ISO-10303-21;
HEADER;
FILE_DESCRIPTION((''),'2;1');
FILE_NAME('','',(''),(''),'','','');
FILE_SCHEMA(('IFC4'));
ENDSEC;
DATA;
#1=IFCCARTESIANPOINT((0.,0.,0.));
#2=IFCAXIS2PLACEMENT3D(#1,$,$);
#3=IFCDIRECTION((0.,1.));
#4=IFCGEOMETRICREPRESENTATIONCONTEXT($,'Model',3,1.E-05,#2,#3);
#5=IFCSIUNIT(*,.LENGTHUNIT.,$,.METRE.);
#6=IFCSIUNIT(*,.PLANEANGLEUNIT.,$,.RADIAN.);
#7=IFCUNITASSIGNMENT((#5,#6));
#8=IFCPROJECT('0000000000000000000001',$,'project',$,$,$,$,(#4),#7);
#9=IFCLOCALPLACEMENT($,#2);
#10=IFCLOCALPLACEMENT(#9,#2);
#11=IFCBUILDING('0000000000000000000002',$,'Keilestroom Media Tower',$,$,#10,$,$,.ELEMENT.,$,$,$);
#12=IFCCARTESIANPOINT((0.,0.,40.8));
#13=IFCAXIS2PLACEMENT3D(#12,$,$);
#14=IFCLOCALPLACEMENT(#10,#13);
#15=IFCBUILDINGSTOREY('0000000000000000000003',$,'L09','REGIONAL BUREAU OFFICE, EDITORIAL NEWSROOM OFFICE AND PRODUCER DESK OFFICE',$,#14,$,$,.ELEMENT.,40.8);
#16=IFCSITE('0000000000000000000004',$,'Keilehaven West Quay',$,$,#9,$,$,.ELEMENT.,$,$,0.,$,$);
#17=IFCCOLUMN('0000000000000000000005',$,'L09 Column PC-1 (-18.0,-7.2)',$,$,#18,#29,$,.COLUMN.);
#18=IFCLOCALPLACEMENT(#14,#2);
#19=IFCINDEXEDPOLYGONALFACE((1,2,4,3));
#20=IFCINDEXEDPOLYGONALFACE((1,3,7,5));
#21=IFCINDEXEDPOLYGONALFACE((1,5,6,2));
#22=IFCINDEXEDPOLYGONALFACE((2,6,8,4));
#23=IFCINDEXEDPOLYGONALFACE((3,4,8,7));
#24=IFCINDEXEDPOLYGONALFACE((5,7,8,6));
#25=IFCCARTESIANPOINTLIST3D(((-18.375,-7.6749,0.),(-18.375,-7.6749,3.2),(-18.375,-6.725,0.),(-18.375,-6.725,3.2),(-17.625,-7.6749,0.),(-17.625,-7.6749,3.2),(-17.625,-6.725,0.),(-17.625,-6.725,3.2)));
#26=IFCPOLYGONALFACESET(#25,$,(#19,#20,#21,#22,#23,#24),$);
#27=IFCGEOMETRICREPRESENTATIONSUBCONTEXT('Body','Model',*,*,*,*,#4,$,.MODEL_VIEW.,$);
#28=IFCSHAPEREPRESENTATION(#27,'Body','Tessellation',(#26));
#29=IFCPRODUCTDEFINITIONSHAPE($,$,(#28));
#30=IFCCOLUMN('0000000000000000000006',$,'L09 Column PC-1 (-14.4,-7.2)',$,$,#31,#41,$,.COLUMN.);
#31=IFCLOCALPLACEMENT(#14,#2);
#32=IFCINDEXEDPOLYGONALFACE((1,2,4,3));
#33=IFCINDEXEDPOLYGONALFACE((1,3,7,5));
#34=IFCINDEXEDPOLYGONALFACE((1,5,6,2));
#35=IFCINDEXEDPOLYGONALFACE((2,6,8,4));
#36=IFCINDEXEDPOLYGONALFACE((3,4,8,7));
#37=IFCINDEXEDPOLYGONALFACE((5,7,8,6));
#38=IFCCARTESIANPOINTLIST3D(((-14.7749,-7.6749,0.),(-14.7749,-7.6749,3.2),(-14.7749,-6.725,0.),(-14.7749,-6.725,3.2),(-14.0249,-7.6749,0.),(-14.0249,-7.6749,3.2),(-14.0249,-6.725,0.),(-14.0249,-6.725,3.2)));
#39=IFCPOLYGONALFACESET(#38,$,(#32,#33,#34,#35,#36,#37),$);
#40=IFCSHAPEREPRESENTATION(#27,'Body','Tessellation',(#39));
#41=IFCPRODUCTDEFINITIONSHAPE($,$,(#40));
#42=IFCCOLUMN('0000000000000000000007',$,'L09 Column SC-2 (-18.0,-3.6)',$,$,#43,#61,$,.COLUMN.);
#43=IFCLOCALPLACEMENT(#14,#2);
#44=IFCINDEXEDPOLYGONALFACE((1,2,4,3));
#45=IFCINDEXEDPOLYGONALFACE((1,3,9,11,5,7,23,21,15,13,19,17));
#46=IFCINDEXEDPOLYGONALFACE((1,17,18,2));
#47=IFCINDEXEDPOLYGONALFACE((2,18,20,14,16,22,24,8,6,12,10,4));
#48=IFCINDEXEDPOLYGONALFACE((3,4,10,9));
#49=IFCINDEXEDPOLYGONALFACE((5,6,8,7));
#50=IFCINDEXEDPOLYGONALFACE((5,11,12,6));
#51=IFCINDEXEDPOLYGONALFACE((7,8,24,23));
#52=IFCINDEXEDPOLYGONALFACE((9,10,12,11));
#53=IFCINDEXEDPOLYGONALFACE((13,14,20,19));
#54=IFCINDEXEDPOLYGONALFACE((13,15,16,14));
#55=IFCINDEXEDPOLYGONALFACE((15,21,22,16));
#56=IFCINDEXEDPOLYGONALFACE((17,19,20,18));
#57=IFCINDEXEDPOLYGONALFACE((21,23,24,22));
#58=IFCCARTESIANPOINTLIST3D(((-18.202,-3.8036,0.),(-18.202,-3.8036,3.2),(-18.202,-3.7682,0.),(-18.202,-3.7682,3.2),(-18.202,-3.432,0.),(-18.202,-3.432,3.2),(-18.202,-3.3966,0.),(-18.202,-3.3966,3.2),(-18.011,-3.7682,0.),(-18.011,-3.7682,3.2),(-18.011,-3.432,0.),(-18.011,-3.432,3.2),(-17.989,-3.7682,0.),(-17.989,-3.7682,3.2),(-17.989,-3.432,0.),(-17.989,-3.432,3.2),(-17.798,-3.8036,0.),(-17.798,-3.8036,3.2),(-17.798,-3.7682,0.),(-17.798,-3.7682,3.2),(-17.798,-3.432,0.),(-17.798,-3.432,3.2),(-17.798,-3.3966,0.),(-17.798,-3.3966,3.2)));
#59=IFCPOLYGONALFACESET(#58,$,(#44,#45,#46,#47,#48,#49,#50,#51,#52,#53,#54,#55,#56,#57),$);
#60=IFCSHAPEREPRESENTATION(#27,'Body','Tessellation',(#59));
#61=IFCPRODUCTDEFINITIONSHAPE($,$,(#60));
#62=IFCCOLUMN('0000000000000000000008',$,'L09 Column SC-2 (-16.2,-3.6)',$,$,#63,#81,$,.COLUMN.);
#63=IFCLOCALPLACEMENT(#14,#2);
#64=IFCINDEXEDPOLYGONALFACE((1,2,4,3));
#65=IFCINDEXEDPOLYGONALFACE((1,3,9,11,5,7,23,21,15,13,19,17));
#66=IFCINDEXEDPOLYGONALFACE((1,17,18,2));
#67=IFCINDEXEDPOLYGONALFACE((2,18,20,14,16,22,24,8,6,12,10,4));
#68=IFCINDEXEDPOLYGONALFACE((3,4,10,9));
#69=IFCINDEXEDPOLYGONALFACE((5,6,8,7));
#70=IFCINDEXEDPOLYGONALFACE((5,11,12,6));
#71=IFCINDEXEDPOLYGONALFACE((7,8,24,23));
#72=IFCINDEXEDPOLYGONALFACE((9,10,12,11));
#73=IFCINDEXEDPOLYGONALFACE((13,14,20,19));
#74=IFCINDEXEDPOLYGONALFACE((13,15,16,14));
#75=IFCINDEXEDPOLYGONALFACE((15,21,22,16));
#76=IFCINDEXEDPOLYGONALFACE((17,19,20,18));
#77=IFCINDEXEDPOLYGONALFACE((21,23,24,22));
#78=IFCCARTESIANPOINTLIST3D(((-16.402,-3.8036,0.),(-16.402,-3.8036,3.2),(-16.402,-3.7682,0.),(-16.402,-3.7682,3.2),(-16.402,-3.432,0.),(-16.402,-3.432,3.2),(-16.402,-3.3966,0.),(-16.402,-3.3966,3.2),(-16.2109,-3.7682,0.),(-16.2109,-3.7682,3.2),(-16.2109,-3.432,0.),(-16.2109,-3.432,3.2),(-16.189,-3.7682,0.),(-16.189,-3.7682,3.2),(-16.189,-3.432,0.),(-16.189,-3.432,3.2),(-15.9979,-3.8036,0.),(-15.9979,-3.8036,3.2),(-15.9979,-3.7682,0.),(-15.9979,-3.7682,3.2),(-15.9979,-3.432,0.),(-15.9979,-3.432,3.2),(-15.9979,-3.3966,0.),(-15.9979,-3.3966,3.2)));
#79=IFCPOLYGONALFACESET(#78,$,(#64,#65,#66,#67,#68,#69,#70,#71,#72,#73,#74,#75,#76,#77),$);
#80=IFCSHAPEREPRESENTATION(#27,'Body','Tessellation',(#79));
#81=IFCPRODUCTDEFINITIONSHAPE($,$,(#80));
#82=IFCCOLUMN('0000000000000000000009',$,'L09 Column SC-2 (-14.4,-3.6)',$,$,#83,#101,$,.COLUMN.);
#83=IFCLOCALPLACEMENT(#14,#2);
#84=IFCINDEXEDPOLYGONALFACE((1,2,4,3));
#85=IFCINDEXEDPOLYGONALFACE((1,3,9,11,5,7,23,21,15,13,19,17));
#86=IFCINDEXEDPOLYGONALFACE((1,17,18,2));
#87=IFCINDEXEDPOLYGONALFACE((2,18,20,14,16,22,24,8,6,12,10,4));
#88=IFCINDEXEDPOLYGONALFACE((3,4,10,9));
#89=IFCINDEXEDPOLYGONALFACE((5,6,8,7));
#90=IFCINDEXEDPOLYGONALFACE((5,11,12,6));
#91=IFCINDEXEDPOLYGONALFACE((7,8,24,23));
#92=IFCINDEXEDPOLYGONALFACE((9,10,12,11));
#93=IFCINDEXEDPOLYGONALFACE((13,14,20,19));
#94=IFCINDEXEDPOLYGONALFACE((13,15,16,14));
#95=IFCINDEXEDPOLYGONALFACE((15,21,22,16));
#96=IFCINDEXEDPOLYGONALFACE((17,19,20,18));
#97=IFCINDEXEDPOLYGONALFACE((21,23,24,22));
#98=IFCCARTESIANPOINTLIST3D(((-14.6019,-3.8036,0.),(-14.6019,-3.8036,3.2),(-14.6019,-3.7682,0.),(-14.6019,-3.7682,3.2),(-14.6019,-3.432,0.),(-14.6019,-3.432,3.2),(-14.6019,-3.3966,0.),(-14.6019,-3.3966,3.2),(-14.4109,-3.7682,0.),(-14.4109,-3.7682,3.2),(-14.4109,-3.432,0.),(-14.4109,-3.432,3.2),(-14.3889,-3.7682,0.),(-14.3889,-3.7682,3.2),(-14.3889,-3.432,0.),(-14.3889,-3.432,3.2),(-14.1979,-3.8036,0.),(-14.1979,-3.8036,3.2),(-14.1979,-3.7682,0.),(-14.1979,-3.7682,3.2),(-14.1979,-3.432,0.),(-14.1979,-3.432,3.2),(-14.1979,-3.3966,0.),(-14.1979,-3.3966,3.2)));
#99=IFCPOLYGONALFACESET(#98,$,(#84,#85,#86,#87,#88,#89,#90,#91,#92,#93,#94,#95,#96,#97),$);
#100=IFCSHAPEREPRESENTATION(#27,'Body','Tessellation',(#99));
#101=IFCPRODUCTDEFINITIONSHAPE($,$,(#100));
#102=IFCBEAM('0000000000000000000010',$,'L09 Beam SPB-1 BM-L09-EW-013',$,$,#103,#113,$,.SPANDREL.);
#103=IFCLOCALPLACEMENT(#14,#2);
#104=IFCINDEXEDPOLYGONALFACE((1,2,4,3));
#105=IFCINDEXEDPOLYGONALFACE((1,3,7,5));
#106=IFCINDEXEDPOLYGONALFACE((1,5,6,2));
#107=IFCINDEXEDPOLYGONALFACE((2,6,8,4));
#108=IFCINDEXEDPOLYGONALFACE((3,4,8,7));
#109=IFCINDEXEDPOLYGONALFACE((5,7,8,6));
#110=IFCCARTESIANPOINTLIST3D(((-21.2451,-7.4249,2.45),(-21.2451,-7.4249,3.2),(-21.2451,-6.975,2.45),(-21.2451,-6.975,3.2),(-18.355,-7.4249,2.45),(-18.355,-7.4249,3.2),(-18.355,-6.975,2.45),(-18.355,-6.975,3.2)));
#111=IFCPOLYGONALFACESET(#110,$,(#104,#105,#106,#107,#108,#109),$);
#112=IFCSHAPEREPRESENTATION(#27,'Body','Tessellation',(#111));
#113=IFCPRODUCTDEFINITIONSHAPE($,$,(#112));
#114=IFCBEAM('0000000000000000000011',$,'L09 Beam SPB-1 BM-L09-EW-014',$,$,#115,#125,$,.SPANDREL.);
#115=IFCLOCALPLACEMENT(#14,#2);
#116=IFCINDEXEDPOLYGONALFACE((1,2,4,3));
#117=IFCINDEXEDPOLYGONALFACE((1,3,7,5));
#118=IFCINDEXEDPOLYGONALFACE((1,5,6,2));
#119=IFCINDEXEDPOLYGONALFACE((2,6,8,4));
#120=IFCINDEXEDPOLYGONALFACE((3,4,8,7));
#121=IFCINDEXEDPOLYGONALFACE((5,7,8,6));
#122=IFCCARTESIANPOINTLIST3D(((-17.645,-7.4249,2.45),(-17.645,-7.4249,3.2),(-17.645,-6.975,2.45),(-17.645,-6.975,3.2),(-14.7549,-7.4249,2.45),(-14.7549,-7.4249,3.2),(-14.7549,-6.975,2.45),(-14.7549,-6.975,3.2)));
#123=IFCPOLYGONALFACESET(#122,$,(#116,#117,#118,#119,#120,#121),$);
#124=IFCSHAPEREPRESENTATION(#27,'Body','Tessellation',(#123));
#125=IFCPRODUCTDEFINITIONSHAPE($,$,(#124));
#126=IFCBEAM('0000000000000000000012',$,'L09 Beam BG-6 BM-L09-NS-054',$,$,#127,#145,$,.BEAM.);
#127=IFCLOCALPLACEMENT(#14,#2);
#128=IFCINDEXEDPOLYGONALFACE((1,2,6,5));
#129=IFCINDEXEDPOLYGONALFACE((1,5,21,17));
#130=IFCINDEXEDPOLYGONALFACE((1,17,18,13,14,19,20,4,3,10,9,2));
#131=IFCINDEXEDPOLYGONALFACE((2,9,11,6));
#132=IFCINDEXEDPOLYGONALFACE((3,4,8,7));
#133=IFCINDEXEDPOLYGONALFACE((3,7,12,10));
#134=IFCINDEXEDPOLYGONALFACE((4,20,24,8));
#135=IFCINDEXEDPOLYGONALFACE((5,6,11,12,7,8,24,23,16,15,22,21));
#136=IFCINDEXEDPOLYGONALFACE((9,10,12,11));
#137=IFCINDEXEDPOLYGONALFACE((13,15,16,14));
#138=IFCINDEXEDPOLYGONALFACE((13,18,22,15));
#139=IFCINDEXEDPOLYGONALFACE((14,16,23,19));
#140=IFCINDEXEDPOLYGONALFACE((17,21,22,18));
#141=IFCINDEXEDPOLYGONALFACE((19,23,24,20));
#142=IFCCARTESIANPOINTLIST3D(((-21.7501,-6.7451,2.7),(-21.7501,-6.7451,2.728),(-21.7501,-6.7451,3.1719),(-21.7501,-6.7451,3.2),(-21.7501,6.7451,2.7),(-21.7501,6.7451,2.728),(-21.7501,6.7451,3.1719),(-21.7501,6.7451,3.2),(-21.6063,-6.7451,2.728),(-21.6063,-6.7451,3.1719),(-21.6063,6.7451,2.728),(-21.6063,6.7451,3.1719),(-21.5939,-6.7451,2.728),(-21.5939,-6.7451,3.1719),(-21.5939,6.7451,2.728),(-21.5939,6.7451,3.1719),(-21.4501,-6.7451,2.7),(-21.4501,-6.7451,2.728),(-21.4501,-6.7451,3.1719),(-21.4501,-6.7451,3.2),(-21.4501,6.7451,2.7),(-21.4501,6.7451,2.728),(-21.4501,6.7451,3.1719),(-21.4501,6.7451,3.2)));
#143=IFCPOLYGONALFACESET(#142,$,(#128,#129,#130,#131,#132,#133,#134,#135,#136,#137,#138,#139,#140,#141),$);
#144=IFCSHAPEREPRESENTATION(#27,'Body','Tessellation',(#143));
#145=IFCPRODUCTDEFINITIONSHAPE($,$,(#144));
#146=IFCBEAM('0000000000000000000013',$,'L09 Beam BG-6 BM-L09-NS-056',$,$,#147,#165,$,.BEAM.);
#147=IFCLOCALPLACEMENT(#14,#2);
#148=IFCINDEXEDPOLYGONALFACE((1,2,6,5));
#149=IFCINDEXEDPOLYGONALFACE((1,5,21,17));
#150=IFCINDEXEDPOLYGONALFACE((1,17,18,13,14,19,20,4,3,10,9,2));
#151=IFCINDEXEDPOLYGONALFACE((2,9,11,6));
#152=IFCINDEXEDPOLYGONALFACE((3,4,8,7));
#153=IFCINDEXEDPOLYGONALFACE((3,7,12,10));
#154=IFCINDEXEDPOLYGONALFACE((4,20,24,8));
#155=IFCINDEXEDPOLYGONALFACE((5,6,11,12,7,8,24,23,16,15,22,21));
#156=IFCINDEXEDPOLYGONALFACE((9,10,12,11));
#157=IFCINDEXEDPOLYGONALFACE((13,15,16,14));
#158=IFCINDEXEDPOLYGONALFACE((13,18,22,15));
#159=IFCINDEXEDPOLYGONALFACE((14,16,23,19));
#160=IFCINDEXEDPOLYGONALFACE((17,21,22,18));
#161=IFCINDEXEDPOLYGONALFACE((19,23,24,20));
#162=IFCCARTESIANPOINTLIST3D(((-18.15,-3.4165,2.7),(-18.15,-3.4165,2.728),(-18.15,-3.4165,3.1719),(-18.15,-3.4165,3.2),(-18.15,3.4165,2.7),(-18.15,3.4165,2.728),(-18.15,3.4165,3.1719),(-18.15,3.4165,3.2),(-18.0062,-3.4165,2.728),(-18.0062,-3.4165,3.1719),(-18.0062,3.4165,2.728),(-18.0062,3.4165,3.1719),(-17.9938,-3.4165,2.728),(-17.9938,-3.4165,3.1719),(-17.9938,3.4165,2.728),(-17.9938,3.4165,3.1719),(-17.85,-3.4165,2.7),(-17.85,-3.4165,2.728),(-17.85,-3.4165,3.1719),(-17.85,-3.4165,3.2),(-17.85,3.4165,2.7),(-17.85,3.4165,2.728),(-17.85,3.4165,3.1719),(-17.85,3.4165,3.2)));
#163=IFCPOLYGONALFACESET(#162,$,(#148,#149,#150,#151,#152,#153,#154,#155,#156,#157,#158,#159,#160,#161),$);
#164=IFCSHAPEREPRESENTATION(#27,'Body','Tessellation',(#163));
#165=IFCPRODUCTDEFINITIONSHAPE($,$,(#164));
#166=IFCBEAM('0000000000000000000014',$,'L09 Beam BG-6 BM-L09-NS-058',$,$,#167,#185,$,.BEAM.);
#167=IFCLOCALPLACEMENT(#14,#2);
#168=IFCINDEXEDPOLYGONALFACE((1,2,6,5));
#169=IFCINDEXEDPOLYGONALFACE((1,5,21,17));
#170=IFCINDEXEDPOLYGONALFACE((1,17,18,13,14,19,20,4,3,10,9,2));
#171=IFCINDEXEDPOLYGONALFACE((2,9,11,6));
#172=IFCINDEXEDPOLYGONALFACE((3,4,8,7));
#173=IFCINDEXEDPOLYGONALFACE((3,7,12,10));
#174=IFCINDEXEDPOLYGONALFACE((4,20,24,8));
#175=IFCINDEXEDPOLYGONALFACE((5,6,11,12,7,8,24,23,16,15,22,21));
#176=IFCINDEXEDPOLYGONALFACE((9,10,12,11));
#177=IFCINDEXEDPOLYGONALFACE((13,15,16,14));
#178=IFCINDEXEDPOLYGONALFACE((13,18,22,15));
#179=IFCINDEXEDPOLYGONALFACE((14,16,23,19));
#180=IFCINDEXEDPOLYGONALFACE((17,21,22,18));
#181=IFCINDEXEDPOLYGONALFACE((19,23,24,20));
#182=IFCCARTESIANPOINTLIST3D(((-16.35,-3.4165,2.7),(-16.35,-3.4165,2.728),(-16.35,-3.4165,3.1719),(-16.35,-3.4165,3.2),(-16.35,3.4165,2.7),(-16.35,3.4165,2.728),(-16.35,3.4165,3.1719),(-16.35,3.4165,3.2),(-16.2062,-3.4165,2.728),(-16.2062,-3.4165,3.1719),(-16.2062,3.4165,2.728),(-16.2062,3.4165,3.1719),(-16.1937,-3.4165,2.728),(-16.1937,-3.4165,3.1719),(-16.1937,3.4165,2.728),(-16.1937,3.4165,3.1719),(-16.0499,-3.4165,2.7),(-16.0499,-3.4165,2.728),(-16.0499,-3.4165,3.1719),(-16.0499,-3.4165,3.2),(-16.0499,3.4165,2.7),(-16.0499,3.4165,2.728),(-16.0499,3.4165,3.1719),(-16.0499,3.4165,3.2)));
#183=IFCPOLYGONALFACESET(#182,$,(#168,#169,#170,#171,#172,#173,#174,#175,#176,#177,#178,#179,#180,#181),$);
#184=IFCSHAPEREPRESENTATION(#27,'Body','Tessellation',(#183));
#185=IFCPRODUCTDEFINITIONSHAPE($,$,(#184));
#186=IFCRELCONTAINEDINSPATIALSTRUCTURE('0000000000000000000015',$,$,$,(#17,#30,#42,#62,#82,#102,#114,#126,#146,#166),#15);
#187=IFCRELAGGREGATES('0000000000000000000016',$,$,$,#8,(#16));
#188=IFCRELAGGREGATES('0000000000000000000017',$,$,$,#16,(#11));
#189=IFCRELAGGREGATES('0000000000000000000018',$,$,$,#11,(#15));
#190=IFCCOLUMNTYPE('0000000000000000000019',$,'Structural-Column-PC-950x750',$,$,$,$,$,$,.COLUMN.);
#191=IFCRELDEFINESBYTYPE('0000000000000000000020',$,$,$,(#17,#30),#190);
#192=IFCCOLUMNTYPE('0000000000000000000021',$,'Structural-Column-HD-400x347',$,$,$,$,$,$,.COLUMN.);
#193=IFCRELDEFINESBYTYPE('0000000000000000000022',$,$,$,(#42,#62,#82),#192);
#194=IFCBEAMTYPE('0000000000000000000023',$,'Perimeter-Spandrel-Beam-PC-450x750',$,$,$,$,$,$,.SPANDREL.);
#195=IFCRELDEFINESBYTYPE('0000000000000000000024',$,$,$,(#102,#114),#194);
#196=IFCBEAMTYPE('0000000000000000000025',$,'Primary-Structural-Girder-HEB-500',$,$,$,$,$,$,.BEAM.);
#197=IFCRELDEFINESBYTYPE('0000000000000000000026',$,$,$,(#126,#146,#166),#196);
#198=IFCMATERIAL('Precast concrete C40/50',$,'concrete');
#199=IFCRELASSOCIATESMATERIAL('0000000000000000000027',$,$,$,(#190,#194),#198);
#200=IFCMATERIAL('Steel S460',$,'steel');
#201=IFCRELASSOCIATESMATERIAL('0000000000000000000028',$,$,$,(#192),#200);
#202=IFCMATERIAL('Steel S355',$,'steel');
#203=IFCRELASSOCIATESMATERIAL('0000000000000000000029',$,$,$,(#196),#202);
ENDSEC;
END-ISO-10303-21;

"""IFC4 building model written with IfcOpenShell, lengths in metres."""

from ifc_helpers import new_model, si_unit, direction, frame, origin, origin_2d, place, context, subcontext, project, spatial, rectangle, i_section, extrude, source, transform, mapped, material, material_profile, profile_set, type_object, element, save


model = new_model("IFC4")

# Units and contexts
model_context = context("Model", 3, precision=1e-05, world=origin(), true_north=direction((0.0, 1.0)))
body_context = subcontext(model_context, "Body", "Model", "MODEL_VIEW")
ifc_project = project(units=[si_unit("LENGTHUNIT", "METRE"), si_unit("PLANEANGLEUNIT", "RADIAN")], contexts=[model_context])

# Site, building, storey
site_placement = place(None, origin())
site = spatial("IfcSite", under=ifc_project, at=site_placement, Name="Keilehaven West Quay", CompositionType="ELEMENT", RefElevation=0.0)
building_placement = place(site_placement, origin())
building = spatial("IfcBuilding", under=site, at=building_placement, Name="Keilestroom Media Tower", CompositionType="ELEMENT")
storey_placement = place(building_placement, frame((0.0, 0.0, 40.8)))
storey = spatial("IfcBuildingStorey", under=building, at=storey_placement, Name="L09", Description="REGIONAL BUREAU OFFICE, EDITORIAL NEWSROOM OFFICE AND PRODUCER DESK OFFICE", CompositionType="ELEMENT", Elevation=40.8)

# Columns
ifc_material_1 = material(Name="Precast concrete C40/50", Category="concrete")
ifc_material_profile_1 = material_profile(ifc_material_1, rectangle(XDim=0.75, YDim=0.95, at=origin_2d()), Name="PC 950x750")
ifc_profile_set_1 = profile_set([ifc_material_profile_1], Name="Precast concrete C40/50")
column_type_1 = type_object("IfcColumnType", Name="Structural-Column-PC-950x750", PredefinedType="COLUMN", material=ifc_profile_set_1)
shared_shape_1 = source(origin(), body_context, "Body", "SweptSolid", [
    extrude(rectangle(XDim=0.75, YDim=0.95, at=origin_2d()), origin(), (0.0, 0.0, 1.0), 3.2),
])
for number, where, z_axis, x_axis, name in (
    (1, (-18.0, -7.2, 0.0), (0.0, 0.0, 1.0), (1.0, 0.0, 0.0), "L09 Column PC-1 (-18.0,-7.2)"),
    (2, (-14.3999, -7.2, 0.0), (0.0, 0.0, 1.0), (1.0, 0.0, 0.0), "L09 Column PC-1 (-14.4,-7.2)"),
):
    element("IfcColumn", number, at=place(storey_placement, frame(where, z_axis=z_axis, x_axis=x_axis)), inside=storey, type_object=column_type_1, Name=name, PredefinedType="COLUMN", context=body_context, shape_type="MappedRepresentation", body=[
        mapped(shared_shape_1, transform((0.0, 0.0, 0.0), x_axis=(1.0, 0.0, 0.0), y_axis=(0.0, 1.0, 0.0), z_axis=(0.0, 0.0, 1.0), scale=1.0)),
    ])
ifc_material_2 = material(Name="Steel S460", Category="steel")
ifc_material_profile_2 = material_profile(ifc_material_2, i_section(OverallWidth=0.4041, OverallDepth=0.407, WebThickness=0.022, FlangeThickness=0.0354, at=origin_2d()), Name="HD 400x347")
ifc_profile_set_2 = profile_set([ifc_material_profile_2], Name="Steel S460")
column_type_2 = type_object("IfcColumnType", Name="Structural-Column-HD-400x347", PredefinedType="COLUMN", material=ifc_profile_set_2)
shared_shape_2 = source(origin(), body_context, "Body", "SweptSolid", [
    extrude(i_section(OverallWidth=0.4041, OverallDepth=0.407, WebThickness=0.022, FlangeThickness=0.0354, at=origin_2d()), origin(), (0.0, 0.0, 1.0), 3.2),
])
for number, where, z_axis, x_axis, name in (
    (3, (-18.0, -3.6001, 0.0), (0.0, 0.0, 1.0), (1.0, 0.0, 0.0), "L09 Column SC-2 (-18.0,-3.6)"),
    (4, (-16.2, -3.6001, 0.0), (0.0, 0.0, 1.0), (1.0, 0.0, 0.0), "L09 Column SC-2 (-16.2,-3.6)"),
    (5, (-14.3999, -3.6001, 0.0), (0.0, 0.0, 1.0), (1.0, 0.0, 0.0), "L09 Column SC-2 (-14.4,-3.6)"),
):
    element("IfcColumn", number, at=place(storey_placement, frame(where, z_axis=z_axis, x_axis=x_axis)), inside=storey, type_object=column_type_2, Name=name, PredefinedType="COLUMN", context=body_context, shape_type="MappedRepresentation", body=[
        mapped(shared_shape_2, transform((0.0, 0.0, 0.0), x_axis=(1.0, 0.0, 0.0), y_axis=(0.0, 1.0, 0.0), z_axis=(0.0, 0.0, 1.0), scale=1.0)),
    ])

# Beams
ifc_material_profile_3 = material_profile(ifc_material_1, rectangle(XDim=0.45, YDim=0.75, at=origin_2d()), Name="PC 450x750")
ifc_profile_set_3 = profile_set([ifc_material_profile_3], Name="Precast concrete C40/50")
beam_type_1 = type_object("IfcBeamType", Name="Perimeter-Spandrel-Beam-PC-450x750", PredefinedType="SPANDREL", material=ifc_profile_set_3)
shared_shape_3 = source(origin(), body_context, "Body", "SweptSolid", [
    extrude(rectangle(XDim=0.45, YDim=0.75, at=origin_2d()), origin(), (0.0, 0.0, 1.0), 2.8901),
])
for number, where, z_axis, x_axis, name in (
    (6, (-21.2451, -7.2, 2.825), (1.0, 0.0, 0.0), (0.0, 1.0, 0.0), "L09 Beam SPB-1 BM-L09-EW-013"),
    (7, (-17.645, -7.2, 2.825), (1.0, 0.0, 0.0), (0.0, 1.0, 0.0), "L09 Beam SPB-1 BM-L09-EW-014"),
):
    element("IfcBeam", number, at=place(storey_placement, frame(where, z_axis=z_axis, x_axis=x_axis)), inside=storey, type_object=beam_type_1, Name=name, PredefinedType="SPANDREL", context=body_context, shape_type="MappedRepresentation", body=[
        mapped(shared_shape_3, transform((0.0, 0.0, 0.0), x_axis=(1.0, 0.0, 0.0), y_axis=(0.0, 1.0, 0.0), z_axis=(0.0, 0.0, 1.0), scale=1.0)),
    ])
ifc_material_3 = material(Name="Steel S355", Category="steel")
ifc_material_profile_4 = material_profile(ifc_material_3, i_section(OverallWidth=0.3, OverallDepth=0.5, WebThickness=0.0125, FlangeThickness=0.0281, at=origin_2d()), Name="HEB 500")
ifc_profile_set_4 = profile_set([ifc_material_profile_4], Name="Steel S355")
beam_type_2 = type_object("IfcBeamType", Name="Primary-Structural-Girder-HEB-500", PredefinedType="BEAM", material=ifc_profile_set_4)
shared_shape_4 = source(origin(), body_context, "Body", "SweptSolid", [
    extrude(i_section(OverallWidth=0.3, OverallDepth=0.5, WebThickness=0.0125, FlangeThickness=0.0281, at=origin_2d()), origin(), (0.0, 0.0, 1.0), 13.4902),
])
beam_placement = place(storey_placement, frame((-21.6001, -6.7451, 2.95), z_axis=(0.0, 1.0, 0.0), x_axis=(-1.0, 0.0, 0.0)))
element("IfcBeam", 8, at=beam_placement, inside=storey, type_object=beam_type_2, Name="L09 Beam BG-6 BM-L09-NS-054", PredefinedType="BEAM", context=body_context, shape_type="MappedRepresentation", body=[
    mapped(shared_shape_4, transform((0.0, 0.0, 0.0), x_axis=(1.0, 0.0, 0.0), y_axis=(0.0, 1.0, 0.0), z_axis=(0.0, 0.0, 1.0), scale=1.0)),
])
shared_shape_5 = source(origin(), body_context, "Body", "SweptSolid", [
    extrude(i_section(OverallWidth=0.3, OverallDepth=0.5, WebThickness=0.0125, FlangeThickness=0.0281, at=origin_2d()), origin(), (0.0, 0.0, 1.0), 6.833),
])
for number, where, z_axis, x_axis, name in (
    (9, (-18.0, -3.4165, 2.95), (0.0, 1.0, 0.0), (-1.0, 0.0, 0.0), "L09 Beam BG-6 BM-L09-NS-056"),
    (10, (-16.2, -3.4165, 2.95), (0.0, 1.0, 0.0), (-1.0, 0.0, 0.0), "L09 Beam BG-6 BM-L09-NS-058"),
):
    element("IfcBeam", number, at=place(storey_placement, frame(where, z_axis=z_axis, x_axis=x_axis)), inside=storey, type_object=beam_type_2, Name=name, PredefinedType="BEAM", context=body_context, shape_type="MappedRepresentation", body=[
        mapped(shared_shape_5, transform((0.0, 0.0, 0.0), x_axis=(1.0, 0.0, 0.0), y_axis=(0.0, 1.0, 0.0), z_axis=(0.0, 0.0, 1.0), scale=1.0)),
    ])

save(model, "model.ifc")
